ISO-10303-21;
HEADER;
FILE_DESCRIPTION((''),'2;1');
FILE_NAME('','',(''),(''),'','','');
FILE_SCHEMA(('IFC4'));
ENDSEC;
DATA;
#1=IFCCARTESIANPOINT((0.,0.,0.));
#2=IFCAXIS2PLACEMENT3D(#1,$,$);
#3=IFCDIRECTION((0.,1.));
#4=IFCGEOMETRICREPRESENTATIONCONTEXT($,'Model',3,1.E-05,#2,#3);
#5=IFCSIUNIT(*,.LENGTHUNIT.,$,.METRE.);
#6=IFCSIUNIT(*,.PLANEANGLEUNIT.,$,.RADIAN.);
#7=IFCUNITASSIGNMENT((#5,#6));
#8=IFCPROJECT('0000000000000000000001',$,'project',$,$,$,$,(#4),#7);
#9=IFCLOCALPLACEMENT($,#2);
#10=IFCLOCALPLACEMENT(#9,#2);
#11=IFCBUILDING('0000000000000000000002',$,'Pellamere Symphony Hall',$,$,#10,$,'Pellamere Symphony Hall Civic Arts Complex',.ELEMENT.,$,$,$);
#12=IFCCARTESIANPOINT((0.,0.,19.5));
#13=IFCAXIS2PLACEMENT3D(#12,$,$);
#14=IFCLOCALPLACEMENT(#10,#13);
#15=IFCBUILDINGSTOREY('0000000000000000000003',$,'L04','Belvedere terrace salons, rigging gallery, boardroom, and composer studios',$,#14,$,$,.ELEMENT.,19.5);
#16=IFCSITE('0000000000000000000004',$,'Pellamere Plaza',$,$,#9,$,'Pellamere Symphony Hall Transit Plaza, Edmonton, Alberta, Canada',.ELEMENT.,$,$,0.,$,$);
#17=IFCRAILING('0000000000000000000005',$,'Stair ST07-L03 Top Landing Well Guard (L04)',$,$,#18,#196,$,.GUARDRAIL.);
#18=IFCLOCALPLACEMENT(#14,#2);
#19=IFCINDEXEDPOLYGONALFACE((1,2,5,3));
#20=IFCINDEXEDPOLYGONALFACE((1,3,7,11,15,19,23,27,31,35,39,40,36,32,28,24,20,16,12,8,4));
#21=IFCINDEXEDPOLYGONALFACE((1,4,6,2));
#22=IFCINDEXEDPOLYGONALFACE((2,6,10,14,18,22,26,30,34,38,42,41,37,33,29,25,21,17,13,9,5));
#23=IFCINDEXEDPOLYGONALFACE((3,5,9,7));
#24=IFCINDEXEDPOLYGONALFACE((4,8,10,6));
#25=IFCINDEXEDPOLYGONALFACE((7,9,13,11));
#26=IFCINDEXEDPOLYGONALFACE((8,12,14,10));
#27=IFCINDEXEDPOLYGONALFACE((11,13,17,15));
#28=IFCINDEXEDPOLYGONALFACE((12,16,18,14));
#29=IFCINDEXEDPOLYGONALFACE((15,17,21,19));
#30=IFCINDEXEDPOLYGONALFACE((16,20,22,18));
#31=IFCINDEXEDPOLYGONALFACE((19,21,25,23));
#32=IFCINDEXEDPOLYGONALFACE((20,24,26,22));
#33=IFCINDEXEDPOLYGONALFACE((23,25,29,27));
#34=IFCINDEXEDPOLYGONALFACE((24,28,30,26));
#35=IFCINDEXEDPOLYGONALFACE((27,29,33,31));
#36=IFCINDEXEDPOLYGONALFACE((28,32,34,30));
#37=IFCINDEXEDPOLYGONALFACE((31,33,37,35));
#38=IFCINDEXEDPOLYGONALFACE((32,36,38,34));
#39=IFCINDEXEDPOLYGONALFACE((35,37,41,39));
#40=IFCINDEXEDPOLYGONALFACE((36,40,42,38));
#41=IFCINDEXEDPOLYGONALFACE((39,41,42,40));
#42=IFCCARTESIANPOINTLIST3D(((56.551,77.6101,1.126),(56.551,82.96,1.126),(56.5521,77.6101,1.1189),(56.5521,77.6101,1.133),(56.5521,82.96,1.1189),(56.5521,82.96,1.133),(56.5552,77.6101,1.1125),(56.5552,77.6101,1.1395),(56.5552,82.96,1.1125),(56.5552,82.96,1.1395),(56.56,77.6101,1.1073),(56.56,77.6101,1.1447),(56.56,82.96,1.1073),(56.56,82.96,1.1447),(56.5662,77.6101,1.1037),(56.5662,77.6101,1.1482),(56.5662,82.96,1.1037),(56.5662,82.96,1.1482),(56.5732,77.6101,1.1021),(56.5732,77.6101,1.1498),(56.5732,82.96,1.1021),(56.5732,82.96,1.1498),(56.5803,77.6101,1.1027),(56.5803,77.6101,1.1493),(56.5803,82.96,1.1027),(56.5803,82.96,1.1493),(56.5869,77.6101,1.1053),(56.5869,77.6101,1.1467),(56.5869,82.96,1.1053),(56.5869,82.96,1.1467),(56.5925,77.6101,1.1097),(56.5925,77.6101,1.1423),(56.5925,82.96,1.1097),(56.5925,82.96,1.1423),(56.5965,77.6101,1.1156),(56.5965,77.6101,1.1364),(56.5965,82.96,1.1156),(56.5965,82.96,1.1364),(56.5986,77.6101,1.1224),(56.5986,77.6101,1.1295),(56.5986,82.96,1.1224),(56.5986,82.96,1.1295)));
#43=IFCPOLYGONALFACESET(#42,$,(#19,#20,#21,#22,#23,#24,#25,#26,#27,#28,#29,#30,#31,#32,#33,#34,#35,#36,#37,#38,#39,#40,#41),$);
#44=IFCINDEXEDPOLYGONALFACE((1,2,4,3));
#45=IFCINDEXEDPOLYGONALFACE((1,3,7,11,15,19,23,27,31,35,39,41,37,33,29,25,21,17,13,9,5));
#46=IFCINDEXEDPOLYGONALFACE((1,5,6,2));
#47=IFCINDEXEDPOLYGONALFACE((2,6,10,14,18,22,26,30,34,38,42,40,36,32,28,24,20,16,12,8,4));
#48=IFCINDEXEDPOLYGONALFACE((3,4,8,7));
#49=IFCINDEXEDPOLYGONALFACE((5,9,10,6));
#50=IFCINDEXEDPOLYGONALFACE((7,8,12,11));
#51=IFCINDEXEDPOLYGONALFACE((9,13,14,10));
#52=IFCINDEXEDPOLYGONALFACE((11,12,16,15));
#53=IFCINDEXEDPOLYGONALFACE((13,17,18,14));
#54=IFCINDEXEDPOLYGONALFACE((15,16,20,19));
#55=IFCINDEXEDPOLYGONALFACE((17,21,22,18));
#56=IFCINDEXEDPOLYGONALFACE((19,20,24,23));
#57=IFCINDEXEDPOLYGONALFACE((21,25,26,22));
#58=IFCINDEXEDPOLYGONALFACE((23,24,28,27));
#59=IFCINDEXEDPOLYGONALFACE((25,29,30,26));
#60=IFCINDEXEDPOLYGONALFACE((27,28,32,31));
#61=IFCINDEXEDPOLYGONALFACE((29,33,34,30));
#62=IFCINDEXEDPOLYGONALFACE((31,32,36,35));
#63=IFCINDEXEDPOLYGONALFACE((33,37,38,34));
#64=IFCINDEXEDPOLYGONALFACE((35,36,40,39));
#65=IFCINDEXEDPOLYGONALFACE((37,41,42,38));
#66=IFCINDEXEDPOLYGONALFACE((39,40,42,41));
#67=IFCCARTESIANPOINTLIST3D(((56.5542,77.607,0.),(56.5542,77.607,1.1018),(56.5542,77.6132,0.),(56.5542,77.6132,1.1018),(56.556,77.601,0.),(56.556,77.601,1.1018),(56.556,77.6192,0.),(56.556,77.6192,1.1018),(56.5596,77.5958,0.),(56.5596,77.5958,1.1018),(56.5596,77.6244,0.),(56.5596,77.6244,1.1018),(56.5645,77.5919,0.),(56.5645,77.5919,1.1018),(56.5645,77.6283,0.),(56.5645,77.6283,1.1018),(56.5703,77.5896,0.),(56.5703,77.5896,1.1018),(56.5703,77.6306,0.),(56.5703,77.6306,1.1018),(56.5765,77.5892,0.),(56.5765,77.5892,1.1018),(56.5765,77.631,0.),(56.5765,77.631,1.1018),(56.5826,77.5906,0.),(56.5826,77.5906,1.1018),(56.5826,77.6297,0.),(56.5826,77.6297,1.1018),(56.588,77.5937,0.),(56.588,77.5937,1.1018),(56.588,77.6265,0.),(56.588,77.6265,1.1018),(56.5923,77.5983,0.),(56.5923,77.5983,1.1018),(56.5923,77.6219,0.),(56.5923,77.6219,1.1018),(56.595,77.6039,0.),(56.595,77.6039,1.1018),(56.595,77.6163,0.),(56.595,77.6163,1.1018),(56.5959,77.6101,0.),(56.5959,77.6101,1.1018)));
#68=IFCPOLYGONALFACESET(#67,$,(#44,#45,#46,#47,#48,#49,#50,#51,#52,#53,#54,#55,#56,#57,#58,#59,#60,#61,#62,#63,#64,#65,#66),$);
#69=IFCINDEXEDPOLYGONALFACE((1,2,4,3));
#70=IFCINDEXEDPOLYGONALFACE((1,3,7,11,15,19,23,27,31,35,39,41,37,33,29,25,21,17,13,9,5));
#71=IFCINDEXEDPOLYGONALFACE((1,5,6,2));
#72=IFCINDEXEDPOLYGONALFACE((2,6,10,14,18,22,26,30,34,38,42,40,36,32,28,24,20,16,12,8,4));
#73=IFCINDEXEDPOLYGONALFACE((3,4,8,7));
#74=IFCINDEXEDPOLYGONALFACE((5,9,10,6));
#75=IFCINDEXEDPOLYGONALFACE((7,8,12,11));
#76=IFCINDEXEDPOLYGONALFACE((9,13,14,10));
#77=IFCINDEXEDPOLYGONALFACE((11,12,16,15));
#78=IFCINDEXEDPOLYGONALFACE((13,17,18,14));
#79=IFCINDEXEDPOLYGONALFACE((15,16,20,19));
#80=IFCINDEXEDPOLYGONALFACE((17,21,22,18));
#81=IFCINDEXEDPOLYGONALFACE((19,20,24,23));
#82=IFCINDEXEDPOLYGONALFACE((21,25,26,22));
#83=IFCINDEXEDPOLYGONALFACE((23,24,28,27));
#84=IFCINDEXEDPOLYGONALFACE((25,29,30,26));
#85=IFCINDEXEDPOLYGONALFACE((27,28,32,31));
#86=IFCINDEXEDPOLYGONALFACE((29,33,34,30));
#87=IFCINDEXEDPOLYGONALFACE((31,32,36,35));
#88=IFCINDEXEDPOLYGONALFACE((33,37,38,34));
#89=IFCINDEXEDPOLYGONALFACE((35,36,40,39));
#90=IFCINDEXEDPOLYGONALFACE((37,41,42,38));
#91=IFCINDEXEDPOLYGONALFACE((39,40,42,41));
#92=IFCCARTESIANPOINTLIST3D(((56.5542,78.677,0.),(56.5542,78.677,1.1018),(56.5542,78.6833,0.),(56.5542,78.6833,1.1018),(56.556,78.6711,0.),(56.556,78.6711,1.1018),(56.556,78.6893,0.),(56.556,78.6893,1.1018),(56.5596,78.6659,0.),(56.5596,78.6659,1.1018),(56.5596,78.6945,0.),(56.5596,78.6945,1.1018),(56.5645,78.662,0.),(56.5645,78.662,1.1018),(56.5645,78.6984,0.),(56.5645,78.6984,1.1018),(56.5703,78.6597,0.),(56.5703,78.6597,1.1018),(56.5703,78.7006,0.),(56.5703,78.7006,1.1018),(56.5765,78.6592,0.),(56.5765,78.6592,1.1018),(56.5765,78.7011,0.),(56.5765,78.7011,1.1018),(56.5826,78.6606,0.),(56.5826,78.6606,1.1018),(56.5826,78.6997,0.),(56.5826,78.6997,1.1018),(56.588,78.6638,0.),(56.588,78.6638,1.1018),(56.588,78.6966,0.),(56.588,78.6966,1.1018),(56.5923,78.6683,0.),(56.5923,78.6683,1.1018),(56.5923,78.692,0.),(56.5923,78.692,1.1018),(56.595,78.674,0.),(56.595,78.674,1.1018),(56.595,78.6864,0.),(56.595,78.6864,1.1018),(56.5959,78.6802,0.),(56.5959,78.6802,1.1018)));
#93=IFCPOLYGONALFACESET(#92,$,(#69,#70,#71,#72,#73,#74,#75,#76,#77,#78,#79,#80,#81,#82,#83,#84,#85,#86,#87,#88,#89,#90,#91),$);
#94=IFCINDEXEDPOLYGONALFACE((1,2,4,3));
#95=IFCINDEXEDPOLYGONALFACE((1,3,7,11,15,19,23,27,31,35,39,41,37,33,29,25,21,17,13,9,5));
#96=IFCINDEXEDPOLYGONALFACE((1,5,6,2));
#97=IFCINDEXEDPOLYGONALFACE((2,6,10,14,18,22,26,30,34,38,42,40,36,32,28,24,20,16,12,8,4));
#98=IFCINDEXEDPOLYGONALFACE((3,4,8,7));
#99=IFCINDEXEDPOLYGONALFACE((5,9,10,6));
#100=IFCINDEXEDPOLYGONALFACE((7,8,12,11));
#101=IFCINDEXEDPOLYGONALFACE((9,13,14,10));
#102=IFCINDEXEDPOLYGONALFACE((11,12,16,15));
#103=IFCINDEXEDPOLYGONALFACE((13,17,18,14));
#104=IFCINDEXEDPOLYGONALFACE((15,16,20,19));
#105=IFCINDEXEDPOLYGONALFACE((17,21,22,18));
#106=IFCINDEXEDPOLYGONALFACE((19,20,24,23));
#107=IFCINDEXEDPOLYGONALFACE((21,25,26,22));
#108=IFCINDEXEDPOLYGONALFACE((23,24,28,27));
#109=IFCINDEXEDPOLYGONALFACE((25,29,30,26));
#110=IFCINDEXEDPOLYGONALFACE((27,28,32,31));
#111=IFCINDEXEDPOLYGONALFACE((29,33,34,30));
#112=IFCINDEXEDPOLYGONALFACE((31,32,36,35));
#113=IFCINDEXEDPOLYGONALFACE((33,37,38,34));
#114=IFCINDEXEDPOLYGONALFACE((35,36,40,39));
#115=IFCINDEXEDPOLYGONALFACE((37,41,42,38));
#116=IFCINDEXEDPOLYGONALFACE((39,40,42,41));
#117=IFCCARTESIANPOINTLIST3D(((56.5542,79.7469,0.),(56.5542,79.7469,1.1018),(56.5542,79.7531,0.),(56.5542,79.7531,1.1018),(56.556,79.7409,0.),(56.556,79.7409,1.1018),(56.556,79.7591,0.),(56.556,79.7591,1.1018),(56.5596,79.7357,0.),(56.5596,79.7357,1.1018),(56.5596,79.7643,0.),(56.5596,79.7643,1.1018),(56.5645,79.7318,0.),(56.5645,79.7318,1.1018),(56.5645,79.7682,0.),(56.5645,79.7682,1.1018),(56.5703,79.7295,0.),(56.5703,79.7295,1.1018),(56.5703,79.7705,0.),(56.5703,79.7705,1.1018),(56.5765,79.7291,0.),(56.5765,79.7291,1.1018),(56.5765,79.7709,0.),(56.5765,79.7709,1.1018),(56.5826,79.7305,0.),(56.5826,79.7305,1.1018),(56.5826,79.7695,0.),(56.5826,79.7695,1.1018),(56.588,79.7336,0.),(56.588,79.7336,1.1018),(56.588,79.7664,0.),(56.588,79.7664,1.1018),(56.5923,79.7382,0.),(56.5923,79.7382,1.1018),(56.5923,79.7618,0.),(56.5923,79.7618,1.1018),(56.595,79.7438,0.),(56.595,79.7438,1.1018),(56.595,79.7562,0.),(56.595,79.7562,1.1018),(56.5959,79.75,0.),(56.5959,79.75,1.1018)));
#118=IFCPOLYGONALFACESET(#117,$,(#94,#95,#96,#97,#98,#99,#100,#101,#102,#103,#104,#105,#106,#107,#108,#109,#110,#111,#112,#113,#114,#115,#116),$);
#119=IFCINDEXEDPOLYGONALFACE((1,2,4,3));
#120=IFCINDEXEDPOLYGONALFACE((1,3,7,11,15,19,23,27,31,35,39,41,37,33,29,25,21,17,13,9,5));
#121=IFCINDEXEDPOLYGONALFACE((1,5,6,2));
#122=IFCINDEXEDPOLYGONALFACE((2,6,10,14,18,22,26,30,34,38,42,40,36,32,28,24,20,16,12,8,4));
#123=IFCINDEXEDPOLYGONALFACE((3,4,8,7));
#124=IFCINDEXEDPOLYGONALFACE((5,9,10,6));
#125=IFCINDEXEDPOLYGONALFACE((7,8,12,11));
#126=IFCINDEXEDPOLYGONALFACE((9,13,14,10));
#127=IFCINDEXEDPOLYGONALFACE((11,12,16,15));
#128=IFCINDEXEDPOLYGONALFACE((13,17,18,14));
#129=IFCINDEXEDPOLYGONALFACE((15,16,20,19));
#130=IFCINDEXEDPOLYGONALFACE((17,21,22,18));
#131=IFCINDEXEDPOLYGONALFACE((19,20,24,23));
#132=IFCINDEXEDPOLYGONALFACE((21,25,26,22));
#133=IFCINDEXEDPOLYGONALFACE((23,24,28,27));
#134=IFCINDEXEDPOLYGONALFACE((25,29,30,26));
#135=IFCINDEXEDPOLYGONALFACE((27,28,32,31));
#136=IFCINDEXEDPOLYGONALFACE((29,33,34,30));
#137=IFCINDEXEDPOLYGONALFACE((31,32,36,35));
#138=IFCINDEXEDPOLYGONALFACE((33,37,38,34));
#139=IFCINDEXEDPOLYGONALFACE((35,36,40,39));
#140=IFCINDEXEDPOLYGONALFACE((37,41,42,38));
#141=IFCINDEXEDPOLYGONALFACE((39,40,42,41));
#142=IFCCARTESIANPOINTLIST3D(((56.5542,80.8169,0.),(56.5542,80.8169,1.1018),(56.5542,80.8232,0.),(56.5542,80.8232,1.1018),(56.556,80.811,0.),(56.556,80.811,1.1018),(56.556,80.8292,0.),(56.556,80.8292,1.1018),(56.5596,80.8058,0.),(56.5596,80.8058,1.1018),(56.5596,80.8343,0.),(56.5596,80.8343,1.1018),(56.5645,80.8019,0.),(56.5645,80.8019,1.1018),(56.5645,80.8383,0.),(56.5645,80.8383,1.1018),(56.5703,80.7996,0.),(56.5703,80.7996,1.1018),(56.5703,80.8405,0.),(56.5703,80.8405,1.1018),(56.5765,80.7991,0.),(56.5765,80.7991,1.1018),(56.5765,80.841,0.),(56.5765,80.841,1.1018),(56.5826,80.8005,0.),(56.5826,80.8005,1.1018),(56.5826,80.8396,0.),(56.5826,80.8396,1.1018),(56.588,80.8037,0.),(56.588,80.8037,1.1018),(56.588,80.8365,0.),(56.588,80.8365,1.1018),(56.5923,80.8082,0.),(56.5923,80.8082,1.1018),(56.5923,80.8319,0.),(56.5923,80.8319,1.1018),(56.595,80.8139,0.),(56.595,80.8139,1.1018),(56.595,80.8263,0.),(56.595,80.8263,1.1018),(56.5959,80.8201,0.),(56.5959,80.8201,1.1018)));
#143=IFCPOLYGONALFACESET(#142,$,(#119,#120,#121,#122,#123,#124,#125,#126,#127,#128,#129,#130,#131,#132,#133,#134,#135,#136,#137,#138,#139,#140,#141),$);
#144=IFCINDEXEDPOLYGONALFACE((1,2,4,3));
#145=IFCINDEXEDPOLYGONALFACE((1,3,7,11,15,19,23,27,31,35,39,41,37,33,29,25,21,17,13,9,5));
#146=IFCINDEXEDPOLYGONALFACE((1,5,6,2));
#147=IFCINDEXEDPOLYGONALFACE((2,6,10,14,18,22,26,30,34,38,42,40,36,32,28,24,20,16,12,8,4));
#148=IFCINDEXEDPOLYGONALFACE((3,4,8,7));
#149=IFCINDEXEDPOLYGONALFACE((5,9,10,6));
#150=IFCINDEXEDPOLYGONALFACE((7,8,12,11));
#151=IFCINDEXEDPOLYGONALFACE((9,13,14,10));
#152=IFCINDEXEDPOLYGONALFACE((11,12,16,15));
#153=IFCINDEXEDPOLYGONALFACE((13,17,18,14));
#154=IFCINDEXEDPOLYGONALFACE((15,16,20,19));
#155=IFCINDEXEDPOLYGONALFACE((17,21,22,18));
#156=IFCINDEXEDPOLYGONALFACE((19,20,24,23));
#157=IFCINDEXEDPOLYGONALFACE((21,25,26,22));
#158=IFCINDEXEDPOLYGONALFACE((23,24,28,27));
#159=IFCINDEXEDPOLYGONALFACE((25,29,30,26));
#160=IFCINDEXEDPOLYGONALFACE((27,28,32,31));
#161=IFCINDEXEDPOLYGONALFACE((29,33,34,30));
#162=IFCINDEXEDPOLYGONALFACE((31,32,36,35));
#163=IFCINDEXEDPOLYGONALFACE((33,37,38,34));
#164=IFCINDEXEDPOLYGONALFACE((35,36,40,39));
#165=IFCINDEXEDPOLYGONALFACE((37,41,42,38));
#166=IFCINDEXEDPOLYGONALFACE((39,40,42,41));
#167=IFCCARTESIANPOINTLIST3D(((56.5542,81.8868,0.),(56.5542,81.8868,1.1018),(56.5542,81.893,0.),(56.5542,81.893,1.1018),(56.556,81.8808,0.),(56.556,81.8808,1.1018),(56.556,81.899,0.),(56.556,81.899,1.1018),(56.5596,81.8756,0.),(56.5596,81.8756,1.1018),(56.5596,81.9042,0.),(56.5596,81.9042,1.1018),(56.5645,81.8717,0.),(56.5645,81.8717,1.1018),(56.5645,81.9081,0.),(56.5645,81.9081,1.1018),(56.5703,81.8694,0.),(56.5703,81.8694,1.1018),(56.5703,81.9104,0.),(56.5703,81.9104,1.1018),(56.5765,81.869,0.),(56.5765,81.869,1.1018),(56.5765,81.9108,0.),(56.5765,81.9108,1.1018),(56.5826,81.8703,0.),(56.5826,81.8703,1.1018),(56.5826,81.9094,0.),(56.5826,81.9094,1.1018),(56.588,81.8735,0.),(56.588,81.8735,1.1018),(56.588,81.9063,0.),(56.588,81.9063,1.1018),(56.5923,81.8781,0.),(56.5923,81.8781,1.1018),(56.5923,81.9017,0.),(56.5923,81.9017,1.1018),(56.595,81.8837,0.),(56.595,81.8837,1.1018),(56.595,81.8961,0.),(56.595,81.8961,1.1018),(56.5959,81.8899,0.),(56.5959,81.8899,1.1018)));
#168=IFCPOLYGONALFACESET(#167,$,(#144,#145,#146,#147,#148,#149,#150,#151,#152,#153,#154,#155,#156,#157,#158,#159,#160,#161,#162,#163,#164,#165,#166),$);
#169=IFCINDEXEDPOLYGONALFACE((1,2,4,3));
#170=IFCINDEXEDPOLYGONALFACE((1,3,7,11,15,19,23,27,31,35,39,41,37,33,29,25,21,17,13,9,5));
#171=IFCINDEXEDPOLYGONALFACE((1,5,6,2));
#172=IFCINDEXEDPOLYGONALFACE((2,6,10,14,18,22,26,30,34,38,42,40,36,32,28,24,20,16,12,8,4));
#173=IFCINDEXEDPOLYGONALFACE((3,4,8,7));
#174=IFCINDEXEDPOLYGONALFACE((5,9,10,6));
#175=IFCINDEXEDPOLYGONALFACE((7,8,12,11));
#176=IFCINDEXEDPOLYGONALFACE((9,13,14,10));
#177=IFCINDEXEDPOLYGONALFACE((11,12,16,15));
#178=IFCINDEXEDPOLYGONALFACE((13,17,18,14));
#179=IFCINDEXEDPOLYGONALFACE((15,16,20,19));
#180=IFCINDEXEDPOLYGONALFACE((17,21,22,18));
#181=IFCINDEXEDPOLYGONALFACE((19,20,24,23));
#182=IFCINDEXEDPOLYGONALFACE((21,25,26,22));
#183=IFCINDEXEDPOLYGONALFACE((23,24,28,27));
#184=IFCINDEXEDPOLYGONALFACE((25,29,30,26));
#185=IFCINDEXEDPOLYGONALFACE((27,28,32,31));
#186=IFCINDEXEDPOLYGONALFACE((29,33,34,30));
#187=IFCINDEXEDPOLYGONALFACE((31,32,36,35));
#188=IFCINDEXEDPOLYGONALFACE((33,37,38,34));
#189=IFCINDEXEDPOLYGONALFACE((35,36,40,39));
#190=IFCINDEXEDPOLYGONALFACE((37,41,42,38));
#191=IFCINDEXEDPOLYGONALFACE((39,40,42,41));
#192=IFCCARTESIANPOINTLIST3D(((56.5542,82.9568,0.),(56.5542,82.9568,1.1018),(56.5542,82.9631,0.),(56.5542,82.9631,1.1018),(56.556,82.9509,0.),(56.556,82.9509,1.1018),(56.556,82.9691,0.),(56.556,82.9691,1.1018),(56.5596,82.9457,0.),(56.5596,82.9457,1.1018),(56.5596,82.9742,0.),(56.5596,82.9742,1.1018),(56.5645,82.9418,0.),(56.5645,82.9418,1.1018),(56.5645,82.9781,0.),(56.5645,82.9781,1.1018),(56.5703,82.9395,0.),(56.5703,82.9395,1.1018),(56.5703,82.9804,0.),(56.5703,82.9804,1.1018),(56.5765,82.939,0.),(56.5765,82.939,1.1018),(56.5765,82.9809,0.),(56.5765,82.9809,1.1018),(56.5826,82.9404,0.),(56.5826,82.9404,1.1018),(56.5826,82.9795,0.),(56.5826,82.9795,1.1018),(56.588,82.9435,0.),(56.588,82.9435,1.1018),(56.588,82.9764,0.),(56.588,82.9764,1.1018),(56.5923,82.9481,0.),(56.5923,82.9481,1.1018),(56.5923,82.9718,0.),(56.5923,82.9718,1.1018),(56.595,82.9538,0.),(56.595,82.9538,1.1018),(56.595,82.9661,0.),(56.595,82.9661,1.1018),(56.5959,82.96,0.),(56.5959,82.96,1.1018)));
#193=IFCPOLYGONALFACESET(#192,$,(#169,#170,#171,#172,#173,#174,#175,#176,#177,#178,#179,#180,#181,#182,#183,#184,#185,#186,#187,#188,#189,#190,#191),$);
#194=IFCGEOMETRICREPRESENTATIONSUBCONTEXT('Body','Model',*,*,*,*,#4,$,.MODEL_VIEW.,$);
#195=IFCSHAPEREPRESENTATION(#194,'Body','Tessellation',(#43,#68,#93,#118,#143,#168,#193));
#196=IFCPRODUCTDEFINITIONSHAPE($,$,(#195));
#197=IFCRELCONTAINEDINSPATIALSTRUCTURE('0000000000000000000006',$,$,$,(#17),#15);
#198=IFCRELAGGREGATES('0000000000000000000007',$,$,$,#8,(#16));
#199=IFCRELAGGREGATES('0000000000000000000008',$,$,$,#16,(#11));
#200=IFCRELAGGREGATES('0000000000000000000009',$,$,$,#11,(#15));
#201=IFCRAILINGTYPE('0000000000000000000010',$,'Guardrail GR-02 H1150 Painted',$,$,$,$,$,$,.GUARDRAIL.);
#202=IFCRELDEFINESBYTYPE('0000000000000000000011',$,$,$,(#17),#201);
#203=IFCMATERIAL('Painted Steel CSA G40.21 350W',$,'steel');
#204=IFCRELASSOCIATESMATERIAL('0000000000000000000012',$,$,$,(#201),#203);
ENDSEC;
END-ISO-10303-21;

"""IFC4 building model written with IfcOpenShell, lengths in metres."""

from ifc_helpers import new_model, si_unit, direction, frame, origin, origin_2d, place, context, subcontext, project, spatial, circle, extrude, material, type_object, element, save


model = new_model("IFC4")

# Units and contexts
model_context = context("Model", 3, precision=1e-05, world=origin(), true_north=direction((0.0, 1.0)))
body_context = subcontext(model_context, "Body", "Model", "MODEL_VIEW")
ifc_project = project(units=[si_unit("LENGTHUNIT", "METRE"), si_unit("PLANEANGLEUNIT", "RADIAN")], contexts=[model_context])

# Site, building, storey
site_placement = place(None, origin())
site = spatial("IfcSite", under=ifc_project, at=site_placement, Name="Pellamere Plaza", LongName="Pellamere Symphony Hall Transit Plaza, Edmonton, Alberta, Canada", CompositionType="ELEMENT", RefElevation=0.0)
building_placement = place(site_placement, origin())
building = spatial("IfcBuilding", under=site, at=building_placement, Name="Pellamere Symphony Hall", LongName="Pellamere Symphony Hall Civic Arts Complex", CompositionType="ELEMENT")
storey_placement = place(building_placement, frame((0.0, 0.0, 19.5)))
storey = spatial("IfcBuildingStorey", under=building, at=storey_placement, Name="L04", Description="Belvedere terrace salons, rigging gallery, boardroom, and composer studios", CompositionType="ELEMENT", Elevation=19.5)

# Railing
ifc_material_1 = material(Name="Painted Steel CSA G40.21 350W", Category="steel")
railing_type = type_object("IfcRailingType", Name="Guardrail GR-02 H1150 Painted", PredefinedType="GUARDRAIL", material=ifc_material_1)
railing_placement = place(storey_placement, frame((56.575, 77.6101, 0.0)))
element("IfcRailing", 1, at=railing_placement, inside=storey, type_object=railing_type, Name="Stair ST07-L03 Top Landing Well Guard (L04)", PredefinedType="GUARDRAIL", context=body_context, shape_type="SweptSolid", body=[
    extrude(circle(Radius=0.0239, at=origin_2d()), frame((0.0, 0.0, 1.126), z_axis=(0.0, 1.0, 0.0), x_axis=(-1.0, 0.0, 0.0)), (0.0, 0.0, 1.0), 5.3499),
    extrude(circle(Radius=0.021, at=origin_2d()), origin(), (0.0, 0.0, 1.0), 1.1018),
    extrude(circle(Radius=0.021, at=origin_2d()), frame((0.0, 1.0701, 0.0)), (0.0, 0.0, 1.0), 1.1018),
    extrude(circle(Radius=0.021, at=origin_2d()), frame((0.0, 2.1399, 0.0)), (0.0, 0.0, 1.0), 1.1018),
    extrude(circle(Radius=0.021, at=origin_2d()), frame((0.0, 3.21, 0.0)), (0.0, 0.0, 1.0), 1.1018),
    extrude(circle(Radius=0.021, at=origin_2d()), frame((0.0, 4.2798, 0.0)), (0.0, 0.0, 1.0), 1.1018),
    extrude(circle(Radius=0.021, at=origin_2d()), frame((0.0, 5.3499, 0.0)), (0.0, 0.0, 1.0), 1.1018),
])

save(model, "model.ifc")
